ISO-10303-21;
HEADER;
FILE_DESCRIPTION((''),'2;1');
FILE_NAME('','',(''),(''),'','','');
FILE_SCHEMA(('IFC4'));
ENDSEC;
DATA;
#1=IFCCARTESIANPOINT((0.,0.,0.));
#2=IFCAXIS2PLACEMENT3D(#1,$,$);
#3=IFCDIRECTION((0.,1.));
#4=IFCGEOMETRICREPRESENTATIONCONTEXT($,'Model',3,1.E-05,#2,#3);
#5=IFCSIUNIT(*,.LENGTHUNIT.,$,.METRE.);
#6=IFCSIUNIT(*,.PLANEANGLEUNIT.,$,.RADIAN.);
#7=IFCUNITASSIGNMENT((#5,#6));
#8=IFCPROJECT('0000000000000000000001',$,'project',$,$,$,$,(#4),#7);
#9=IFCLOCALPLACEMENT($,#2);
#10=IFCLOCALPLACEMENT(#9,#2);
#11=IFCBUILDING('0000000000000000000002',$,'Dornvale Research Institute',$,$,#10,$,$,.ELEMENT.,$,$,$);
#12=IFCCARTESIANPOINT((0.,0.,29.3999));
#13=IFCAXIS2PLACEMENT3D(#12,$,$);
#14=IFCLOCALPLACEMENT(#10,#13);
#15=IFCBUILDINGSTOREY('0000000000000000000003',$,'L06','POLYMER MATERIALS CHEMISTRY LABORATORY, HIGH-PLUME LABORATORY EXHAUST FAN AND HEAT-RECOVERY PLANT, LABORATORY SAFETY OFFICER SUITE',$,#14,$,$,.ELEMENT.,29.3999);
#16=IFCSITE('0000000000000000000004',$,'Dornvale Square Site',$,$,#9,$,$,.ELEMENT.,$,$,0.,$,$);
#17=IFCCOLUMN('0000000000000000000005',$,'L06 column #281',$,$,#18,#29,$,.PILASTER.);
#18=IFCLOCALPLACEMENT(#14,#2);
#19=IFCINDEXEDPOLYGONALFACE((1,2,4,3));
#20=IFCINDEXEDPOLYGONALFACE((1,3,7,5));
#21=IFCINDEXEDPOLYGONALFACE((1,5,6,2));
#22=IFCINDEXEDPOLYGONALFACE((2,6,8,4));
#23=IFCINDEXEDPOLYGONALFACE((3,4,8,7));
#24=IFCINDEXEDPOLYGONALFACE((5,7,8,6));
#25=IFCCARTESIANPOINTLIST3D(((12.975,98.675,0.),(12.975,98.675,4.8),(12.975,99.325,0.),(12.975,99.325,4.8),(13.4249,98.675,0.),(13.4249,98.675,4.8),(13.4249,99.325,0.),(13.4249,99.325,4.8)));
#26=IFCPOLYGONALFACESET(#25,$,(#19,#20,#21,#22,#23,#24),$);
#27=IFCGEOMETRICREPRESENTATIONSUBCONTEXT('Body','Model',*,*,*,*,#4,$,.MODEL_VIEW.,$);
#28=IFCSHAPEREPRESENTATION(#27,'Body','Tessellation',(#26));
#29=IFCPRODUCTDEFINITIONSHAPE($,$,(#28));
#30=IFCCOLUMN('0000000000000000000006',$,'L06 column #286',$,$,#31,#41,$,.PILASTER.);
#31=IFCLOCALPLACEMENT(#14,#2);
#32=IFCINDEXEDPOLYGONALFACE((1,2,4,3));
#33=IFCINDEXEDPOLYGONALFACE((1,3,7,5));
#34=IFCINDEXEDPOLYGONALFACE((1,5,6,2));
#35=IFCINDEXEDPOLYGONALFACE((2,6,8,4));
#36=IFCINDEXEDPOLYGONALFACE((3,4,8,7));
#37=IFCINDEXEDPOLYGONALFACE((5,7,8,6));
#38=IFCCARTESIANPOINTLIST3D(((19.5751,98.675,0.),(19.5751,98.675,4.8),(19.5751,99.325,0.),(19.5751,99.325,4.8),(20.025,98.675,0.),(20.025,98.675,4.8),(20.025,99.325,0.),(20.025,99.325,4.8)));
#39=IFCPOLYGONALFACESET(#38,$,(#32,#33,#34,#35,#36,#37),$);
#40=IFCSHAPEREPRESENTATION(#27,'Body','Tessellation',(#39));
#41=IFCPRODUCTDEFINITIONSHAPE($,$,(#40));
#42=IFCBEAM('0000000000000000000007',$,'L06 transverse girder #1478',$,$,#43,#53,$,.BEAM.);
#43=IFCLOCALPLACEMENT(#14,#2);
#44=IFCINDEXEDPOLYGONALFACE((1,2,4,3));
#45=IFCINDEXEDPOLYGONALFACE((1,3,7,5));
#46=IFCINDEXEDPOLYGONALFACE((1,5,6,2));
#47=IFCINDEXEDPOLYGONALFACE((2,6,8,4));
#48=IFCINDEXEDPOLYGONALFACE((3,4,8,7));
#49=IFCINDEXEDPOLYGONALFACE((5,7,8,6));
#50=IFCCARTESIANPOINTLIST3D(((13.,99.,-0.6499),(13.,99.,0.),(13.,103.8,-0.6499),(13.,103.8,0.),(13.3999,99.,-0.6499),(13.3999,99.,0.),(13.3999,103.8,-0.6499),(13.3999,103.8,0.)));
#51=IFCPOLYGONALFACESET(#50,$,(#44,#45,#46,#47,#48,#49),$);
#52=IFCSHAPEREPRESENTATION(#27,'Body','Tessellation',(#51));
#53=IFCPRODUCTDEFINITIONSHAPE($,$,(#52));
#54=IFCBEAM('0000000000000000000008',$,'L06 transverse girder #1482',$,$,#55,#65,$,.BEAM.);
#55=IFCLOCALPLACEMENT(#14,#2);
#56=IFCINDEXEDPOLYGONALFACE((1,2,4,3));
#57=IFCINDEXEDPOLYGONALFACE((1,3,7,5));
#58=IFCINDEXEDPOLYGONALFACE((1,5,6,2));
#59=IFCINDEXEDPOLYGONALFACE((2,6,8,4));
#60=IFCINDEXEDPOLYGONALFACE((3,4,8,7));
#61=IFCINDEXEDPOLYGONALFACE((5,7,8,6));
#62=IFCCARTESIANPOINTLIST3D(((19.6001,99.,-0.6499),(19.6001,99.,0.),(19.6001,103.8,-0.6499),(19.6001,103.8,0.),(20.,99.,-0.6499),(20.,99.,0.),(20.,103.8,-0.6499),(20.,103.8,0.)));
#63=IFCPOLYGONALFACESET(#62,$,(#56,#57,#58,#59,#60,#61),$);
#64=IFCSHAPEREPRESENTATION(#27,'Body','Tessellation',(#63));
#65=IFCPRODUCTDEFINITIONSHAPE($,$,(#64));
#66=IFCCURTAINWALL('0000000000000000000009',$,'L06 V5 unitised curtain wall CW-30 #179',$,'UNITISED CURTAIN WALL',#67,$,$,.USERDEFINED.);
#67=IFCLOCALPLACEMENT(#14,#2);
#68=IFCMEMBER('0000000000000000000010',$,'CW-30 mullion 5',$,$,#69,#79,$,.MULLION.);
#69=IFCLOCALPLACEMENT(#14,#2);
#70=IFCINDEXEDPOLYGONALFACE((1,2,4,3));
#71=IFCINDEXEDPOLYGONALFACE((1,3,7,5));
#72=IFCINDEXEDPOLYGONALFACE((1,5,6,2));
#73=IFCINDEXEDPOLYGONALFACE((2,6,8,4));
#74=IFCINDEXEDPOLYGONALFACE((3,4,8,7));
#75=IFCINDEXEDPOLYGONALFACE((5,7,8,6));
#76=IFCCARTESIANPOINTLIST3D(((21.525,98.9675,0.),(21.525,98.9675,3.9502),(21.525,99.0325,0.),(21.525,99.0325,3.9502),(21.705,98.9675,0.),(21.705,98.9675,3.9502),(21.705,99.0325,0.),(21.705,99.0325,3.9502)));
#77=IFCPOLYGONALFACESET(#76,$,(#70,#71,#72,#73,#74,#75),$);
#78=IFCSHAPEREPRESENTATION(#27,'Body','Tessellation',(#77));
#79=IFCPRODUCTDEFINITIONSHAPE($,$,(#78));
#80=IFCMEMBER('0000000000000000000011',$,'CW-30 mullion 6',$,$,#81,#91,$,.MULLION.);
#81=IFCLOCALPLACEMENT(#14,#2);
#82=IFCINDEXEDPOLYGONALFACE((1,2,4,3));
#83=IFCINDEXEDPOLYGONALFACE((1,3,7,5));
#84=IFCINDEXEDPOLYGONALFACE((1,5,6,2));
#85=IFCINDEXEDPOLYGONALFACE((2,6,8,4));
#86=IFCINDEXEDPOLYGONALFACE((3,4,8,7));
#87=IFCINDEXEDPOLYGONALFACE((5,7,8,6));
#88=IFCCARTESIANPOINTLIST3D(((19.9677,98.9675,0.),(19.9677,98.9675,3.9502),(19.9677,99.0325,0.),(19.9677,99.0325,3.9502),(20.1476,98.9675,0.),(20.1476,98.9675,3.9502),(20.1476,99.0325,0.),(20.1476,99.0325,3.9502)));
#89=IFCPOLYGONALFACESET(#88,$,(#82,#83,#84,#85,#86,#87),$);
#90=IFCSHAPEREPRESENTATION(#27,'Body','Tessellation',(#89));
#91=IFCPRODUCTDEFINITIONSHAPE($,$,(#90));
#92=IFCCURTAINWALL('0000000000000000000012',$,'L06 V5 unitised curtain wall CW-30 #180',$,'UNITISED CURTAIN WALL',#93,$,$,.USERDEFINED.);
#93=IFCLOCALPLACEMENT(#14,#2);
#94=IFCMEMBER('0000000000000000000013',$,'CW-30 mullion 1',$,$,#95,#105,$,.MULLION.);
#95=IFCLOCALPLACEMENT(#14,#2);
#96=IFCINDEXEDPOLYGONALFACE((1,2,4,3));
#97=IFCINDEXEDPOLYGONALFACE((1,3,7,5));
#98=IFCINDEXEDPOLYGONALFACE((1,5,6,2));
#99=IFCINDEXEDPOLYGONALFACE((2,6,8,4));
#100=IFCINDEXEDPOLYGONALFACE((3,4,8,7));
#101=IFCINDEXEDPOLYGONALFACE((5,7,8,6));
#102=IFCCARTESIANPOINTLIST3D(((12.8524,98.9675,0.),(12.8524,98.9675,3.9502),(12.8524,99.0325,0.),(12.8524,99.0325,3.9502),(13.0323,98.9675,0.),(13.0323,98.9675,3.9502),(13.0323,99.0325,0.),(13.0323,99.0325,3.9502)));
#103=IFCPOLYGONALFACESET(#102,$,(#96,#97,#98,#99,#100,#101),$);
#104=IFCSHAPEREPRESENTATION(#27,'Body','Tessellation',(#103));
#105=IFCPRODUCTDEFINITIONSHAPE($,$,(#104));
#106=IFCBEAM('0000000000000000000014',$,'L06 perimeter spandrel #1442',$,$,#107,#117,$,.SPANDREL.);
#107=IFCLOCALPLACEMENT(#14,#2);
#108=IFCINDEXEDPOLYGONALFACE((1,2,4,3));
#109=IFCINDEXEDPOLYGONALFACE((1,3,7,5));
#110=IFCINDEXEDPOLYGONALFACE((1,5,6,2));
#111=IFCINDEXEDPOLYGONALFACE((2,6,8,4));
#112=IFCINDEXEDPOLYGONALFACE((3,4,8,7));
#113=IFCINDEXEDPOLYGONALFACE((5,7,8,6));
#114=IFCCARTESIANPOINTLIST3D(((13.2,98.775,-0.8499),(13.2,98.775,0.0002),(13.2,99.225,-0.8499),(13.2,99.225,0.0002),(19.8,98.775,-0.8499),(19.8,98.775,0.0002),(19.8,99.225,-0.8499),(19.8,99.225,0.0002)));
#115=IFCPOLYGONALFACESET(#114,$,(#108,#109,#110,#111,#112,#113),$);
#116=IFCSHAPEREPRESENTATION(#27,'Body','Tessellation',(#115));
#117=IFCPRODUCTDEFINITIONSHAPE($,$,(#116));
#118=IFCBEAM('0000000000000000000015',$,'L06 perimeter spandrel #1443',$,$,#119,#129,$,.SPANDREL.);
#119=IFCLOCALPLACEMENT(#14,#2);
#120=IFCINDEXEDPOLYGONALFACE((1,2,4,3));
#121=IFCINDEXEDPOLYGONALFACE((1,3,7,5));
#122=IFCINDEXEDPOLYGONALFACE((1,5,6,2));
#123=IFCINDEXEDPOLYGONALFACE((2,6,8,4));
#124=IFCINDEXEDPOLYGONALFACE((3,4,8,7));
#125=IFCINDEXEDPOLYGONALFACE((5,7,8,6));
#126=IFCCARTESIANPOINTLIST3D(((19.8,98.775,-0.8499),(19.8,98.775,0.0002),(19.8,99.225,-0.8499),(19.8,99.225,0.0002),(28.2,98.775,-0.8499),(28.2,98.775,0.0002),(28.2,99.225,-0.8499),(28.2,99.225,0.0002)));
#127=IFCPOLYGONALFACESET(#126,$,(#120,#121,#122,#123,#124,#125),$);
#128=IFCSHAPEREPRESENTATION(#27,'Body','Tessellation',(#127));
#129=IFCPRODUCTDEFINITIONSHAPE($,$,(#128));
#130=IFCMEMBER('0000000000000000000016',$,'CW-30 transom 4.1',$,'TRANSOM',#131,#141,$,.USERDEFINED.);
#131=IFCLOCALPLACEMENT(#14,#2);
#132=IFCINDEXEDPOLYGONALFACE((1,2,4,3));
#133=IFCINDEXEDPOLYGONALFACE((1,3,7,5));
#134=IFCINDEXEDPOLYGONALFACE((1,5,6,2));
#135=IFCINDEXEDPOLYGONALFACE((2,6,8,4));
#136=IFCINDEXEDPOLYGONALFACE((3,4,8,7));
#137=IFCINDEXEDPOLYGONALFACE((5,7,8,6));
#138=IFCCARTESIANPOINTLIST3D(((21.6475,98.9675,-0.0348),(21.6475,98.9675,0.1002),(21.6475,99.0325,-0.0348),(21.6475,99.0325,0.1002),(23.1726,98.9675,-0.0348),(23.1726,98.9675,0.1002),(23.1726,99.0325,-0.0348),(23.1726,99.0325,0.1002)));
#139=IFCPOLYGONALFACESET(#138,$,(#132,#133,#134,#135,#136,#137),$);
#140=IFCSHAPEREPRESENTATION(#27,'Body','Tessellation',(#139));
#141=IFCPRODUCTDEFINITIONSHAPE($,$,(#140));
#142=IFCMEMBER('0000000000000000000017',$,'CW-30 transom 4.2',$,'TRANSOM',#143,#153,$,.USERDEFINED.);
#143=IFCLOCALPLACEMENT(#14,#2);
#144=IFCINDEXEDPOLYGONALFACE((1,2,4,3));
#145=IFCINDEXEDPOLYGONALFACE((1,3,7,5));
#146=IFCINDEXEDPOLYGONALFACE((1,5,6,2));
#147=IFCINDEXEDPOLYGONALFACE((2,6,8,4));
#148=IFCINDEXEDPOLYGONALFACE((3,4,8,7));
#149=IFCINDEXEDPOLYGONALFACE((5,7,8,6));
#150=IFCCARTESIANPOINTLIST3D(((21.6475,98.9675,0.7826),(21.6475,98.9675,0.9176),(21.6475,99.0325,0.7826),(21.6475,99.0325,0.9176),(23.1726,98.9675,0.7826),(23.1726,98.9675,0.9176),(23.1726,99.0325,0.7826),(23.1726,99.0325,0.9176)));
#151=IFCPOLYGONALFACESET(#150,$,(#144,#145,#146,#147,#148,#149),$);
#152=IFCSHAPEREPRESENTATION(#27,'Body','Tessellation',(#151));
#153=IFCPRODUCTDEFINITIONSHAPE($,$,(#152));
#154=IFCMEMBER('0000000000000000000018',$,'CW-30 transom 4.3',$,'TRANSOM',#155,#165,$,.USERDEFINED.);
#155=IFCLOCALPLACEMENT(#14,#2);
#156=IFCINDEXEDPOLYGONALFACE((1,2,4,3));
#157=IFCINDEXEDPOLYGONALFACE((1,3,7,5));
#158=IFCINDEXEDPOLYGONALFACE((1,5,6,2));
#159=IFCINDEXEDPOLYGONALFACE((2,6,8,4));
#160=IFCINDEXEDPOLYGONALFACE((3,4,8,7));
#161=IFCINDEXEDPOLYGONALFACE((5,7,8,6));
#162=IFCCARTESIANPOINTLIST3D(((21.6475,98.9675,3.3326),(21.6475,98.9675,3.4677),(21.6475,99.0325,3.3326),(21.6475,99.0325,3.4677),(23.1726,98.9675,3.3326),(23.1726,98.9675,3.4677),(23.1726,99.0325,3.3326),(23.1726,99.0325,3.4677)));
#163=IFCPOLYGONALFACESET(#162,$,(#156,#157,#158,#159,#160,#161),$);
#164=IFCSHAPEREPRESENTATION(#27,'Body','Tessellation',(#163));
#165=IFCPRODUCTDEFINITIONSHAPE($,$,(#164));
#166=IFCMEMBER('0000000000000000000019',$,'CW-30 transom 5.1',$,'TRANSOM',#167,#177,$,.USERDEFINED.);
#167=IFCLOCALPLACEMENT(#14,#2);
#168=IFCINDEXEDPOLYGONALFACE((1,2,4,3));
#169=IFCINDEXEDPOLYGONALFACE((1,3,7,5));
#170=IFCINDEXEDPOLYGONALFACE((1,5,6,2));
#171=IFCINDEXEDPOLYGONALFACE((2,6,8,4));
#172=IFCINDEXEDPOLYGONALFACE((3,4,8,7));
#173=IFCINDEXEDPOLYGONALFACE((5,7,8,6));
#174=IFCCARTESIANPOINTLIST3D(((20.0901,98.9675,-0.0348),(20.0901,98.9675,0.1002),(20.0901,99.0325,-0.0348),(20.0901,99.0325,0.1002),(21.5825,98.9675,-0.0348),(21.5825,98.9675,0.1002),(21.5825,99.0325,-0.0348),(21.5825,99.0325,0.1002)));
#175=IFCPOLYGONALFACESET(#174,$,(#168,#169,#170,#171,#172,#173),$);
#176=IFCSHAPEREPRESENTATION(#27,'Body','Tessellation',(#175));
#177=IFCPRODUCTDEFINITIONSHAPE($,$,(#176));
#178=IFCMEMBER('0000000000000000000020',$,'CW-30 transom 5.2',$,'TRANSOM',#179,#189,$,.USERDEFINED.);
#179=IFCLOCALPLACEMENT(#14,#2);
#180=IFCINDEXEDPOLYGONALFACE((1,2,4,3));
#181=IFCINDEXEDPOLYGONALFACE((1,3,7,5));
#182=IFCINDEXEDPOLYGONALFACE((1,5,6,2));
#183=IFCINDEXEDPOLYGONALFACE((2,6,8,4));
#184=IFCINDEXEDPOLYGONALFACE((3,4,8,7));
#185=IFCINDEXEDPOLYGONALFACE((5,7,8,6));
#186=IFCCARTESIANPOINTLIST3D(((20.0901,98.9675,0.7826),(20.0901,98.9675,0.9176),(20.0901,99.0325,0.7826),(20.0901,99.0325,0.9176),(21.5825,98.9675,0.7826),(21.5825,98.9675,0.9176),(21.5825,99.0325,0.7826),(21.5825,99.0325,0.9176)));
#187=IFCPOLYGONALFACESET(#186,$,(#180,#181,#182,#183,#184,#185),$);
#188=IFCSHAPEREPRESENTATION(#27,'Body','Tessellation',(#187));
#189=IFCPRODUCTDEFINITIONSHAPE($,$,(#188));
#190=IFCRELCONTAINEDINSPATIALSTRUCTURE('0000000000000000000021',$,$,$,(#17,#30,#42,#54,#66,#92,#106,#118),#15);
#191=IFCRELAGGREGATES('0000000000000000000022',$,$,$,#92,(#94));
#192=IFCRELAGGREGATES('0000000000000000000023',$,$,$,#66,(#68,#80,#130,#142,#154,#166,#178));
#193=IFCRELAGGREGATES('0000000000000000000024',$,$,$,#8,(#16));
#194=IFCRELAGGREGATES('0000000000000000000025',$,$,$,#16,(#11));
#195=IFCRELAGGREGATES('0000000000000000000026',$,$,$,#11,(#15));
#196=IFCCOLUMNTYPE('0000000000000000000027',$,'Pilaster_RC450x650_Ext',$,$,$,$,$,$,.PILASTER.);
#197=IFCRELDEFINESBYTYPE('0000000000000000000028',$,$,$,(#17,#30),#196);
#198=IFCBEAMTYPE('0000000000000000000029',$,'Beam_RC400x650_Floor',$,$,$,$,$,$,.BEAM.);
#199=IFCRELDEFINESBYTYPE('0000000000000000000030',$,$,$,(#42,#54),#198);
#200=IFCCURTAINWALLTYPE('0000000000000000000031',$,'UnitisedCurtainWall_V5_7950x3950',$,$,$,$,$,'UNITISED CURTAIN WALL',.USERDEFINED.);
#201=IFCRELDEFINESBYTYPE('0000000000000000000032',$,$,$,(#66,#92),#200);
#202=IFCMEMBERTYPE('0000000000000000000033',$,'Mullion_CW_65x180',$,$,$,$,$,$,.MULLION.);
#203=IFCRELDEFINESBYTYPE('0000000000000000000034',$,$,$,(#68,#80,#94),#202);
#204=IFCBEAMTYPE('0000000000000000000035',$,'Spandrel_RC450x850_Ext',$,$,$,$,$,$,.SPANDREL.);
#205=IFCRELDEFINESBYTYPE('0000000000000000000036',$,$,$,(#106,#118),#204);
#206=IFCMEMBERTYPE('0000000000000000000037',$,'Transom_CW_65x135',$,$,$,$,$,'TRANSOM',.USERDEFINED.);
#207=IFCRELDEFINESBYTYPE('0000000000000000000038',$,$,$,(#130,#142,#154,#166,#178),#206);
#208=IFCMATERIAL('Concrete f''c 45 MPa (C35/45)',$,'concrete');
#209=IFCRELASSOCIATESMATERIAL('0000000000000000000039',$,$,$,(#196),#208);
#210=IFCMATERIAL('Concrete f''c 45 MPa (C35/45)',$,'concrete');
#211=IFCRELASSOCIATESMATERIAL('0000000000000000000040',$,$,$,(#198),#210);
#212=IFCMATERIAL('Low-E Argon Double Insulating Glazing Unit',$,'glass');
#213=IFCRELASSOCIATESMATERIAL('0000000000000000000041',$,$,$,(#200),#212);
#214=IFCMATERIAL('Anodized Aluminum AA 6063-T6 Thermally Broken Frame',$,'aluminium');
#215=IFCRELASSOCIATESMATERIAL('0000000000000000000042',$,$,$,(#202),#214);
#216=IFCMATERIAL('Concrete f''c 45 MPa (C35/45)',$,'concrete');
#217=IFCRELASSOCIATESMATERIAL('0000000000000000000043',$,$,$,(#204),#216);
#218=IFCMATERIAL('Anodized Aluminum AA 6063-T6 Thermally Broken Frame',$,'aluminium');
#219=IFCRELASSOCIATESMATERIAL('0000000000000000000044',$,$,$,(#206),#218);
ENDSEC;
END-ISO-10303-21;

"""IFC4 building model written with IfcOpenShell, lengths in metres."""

from ifc_helpers import new_model, si_unit, direction, frame, origin, origin_2d, place, context, subcontext, project, spatial, rectangle, extrude, material, material_profile, profile_set, type_object, element, aggregate, save


model = new_model("IFC4")

# Units and contexts
model_context = context("Model", 3, precision=1e-05, world=origin(), true_north=direction((0.0, 1.0)))
body_context = subcontext(model_context, "Body", "Model", "MODEL_VIEW")
ifc_project = project(units=[si_unit("LENGTHUNIT", "METRE"), si_unit("PLANEANGLEUNIT", "RADIAN")], contexts=[model_context])

# Site, building, storey
site_placement = place(None, origin())
site = spatial("IfcSite", under=ifc_project, at=site_placement, Name="Dornvale Square Site", CompositionType="ELEMENT", RefElevation=0.0)
building_placement = place(site_placement, origin())
building = spatial("IfcBuilding", under=site, at=building_placement, Name="Dornvale Research Institute", CompositionType="ELEMENT")
storey_placement = place(building_placement, frame((0.0, 0.0, 29.3999)))
storey = spatial("IfcBuildingStorey", under=building, at=storey_placement, Name="L06", Description="POLYMER MATERIALS CHEMISTRY LABORATORY, HIGH-PLUME LABORATORY EXHAUST FAN AND HEAT-RECOVERY PLANT, LABORATORY SAFETY OFFICER SUITE", CompositionType="ELEMENT", Elevation=29.3999)

# Columns
ifc_material_1 = material(Name="Concrete f'c 45 MPa (C35/45)", Category="concrete")
ifc_material_profile_1 = material_profile(ifc_material_1, rectangle(XDim=0.45, YDim=0.6499, at=origin_2d()), Name="RC 450x650")
ifc_profile_set_1 = profile_set([ifc_material_profile_1], Name="Concrete f'c 45 MPa (C35/45)")
column_type = type_object("IfcColumnType", Name="Pilaster_RC450x650_Ext", PredefinedType="PILASTER", material=ifc_profile_set_1)
for number, where, z_axis, x_axis, name in (
    (1, (13.2, 99.0, 0.0), (0.0, 0.0, 1.0), (1.0, 0.0, 0.0), "L06 column #281"),
    (2, (19.8, 99.0, 0.0), (0.0, 0.0, 1.0), (1.0, 0.0, 0.0), "L06 column #286"),
):
    element("IfcColumn", number, at=place(storey_placement, frame(where, z_axis=z_axis, x_axis=x_axis)), inside=storey, type_object=column_type, Name=name, PredefinedType="PILASTER", context=body_context, shape_type="SweptSolid", body=[
        extrude(rectangle(XDim=0.45, YDim=0.6499, at=origin_2d()), origin(), (0.0, 0.0, 1.0), 4.8),
    ])

# Beams
ifc_material_2 = material(Name="Concrete f'c 45 MPa (C35/45)", Category="concrete")
ifc_material_profile_2 = material_profile(ifc_material_2, rectangle(XDim=0.3999, YDim=0.6499, at=origin_2d()), Name="RC 400x650")
ifc_profile_set_2 = profile_set([ifc_material_profile_2], Name="Concrete f'c 45 MPa (C35/45)")
beam_type_1 = type_object("IfcBeamType", Name="Beam_RC400x650_Floor", PredefinedType="BEAM", material=ifc_profile_set_2)
for number, where, z_axis, x_axis, name in (
    (3, (13.2, 99.0, -0.325), (0.0, 1.0, 0.0), (-1.0, 0.0, 0.0), "L06 transverse girder #1478"),
    (4, (19.8, 99.0, -0.325), (0.0, 1.0, 0.0), (-1.0, 0.0, 0.0), "L06 transverse girder #1482"),
):
    element("IfcBeam", number, at=place(storey_placement, frame(where, z_axis=z_axis, x_axis=x_axis)), inside=storey, type_object=beam_type_1, Name=name, PredefinedType="BEAM", context=body_context, shape_type="SweptSolid", body=[
        extrude(rectangle(XDim=0.3999, YDim=0.6499, at=origin_2d()), origin(), (0.0, 0.0, 1.0), 4.8),
    ])

# Curtain wall, members
ifc_material_3 = material(Name="Low-E Argon Double Insulating Glazing Unit", Category="glass")
curtain_wall_type = type_object("IfcCurtainWallType", Name="UnitisedCurtainWall_V5_7950x3950", ElementType="UNITISED CURTAIN WALL", PredefinedType="USERDEFINED", material=ifc_material_3)
curtain_wall_1_placement = place(storey_placement, origin())
curtain_wall_1 = element("IfcCurtainWall", 5, at=curtain_wall_1_placement, inside=storey, type_object=curtain_wall_type, Name="L06 V5 unitised curtain wall CW-30 #179", ObjectType="UNITISED CURTAIN WALL", PredefinedType="USERDEFINED")
ifc_material_4 = material(Name="Anodized Aluminum AA 6063-T6 Thermally Broken Frame", Category="aluminium")
ifc_material_profile_3 = material_profile(ifc_material_4, rectangle(XDim=0.0649, YDim=0.1799, at=origin_2d()), Name="ALU MULLION 65x180")
ifc_profile_set_3 = profile_set([ifc_material_profile_3], Name="Anodized Aluminum AA 6063-T6 Thermally Broken Frame")
member_type_1 = type_object("IfcMemberType", Name="Mullion_CW_65x180", PredefinedType="MULLION", material=ifc_profile_set_3)
member_1_placement = place(storey_placement, frame((21.615, 99.0, 0.0), z_axis=(0.0, 0.0, 1.0), x_axis=(0.0, -1.0, 0.0)))
member_1 = element("IfcMember", 6, at=member_1_placement, type_object=member_type_1, Name="CW-30 mullion 5", PredefinedType="MULLION", context=body_context, shape_type="SweptSolid", body=[
    extrude(rectangle(XDim=0.0649, YDim=0.1799, at=origin_2d()), origin(), (0.0, 0.0, 1.0), 3.9502),
])
member_2_placement = place(storey_placement, frame((20.0576, 99.0, 0.0), z_axis=(0.0, 0.0, 1.0), x_axis=(0.0, -1.0, 0.0)))
member_2 = element("IfcMember", 7, at=member_2_placement, type_object=member_type_1, Name="CW-30 mullion 6", PredefinedType="MULLION", context=body_context, shape_type="SweptSolid", body=[
    extrude(rectangle(XDim=0.0649, YDim=0.1799, at=origin_2d()), origin(), (0.0, 0.0, 1.0), 3.9502),
])

# Curtain wall, member
curtain_wall_2_placement = place(storey_placement, origin())
curtain_wall_2 = element("IfcCurtainWall", 8, at=curtain_wall_2_placement, inside=storey, type_object=curtain_wall_type, Name="L06 V5 unitised curtain wall CW-30 #180", ObjectType="UNITISED CURTAIN WALL", PredefinedType="USERDEFINED")
member_3_placement = place(storey_placement, frame((12.9424, 99.0, 0.0), z_axis=(0.0, 0.0, 1.0), x_axis=(0.0, -1.0, 0.0)))
member_3 = element("IfcMember", 9, at=member_3_placement, type_object=member_type_1, Name="CW-30 mullion 1", PredefinedType="MULLION", context=body_context, shape_type="SweptSolid", body=[
    extrude(rectangle(XDim=0.0649, YDim=0.1799, at=origin_2d()), origin(), (0.0, 0.0, 1.0), 3.9502),
])
aggregate(curtain_wall_2, [member_3])

# Beams
ifc_material_5 = material(Name="Concrete f'c 45 MPa (C35/45)", Category="concrete")
ifc_material_profile_4 = material_profile(ifc_material_5, rectangle(XDim=0.45, YDim=0.8501, at=origin_2d()), Name="RC 450x850")
ifc_profile_set_4 = profile_set([ifc_material_profile_4], Name="Concrete f'c 45 MPa (C35/45)")
beam_type_2 = type_object("IfcBeamType", Name="Spandrel_RC450x850_Ext", PredefinedType="SPANDREL", material=ifc_profile_set_4)
beam_1_placement = place(storey_placement, frame((13.2, 99.0, -0.4248), z_axis=(1.0, 0.0, 0.0), x_axis=(0.0, 1.0, 0.0)))
element("IfcBeam", 10, at=beam_1_placement, inside=storey, type_object=beam_type_2, Name="L06 perimeter spandrel #1442", PredefinedType="SPANDREL", context=body_context, shape_type="SweptSolid", body=[
    extrude(rectangle(XDim=0.45, YDim=0.8501, at=origin_2d()), origin(), (0.0, 0.0, 1.0), 6.6001),
])
beam_2_placement = place(storey_placement, frame((19.8, 99.0, -0.4248), z_axis=(1.0, 0.0, 0.0), x_axis=(0.0, 1.0, 0.0)))
element("IfcBeam", 11, at=beam_2_placement, inside=storey, type_object=beam_type_2, Name="L06 perimeter spandrel #1443", PredefinedType="SPANDREL", context=body_context, shape_type="SweptSolid", body=[
    extrude(rectangle(XDim=0.45, YDim=0.8501, at=origin_2d()), origin(), (0.0, 0.0, 1.0), 8.3999),
])

# Members
ifc_material_6 = material(Name="Anodized Aluminum AA 6063-T6 Thermally Broken Frame", Category="aluminium")
ifc_material_profile_5 = material_profile(ifc_material_6, rectangle(XDim=0.0649, YDim=0.135, at=origin_2d()), Name="ALU TRANSOM 65x135")
ifc_profile_set_5 = profile_set([ifc_material_profile_5], Name="Anodized Aluminum AA 6063-T6 Thermally Broken Frame")
member_type_2 = type_object("IfcMemberType", Name="Transom_CW_65x135", ElementType="TRANSOM", PredefinedType="USERDEFINED", material=ifc_profile_set_5)
member_4_placement = place(storey_placement, frame((23.1726, 99.0, 0.0327), z_axis=(-1.0, 0.0, 0.0), x_axis=(0.0, -1.0, 0.0)))
member_4 = element("IfcMember", 12, at=member_4_placement, type_object=member_type_2, Name="CW-30 transom 4.1", ObjectType="TRANSOM", PredefinedType="USERDEFINED", context=body_context, shape_type="SweptSolid", body=[
    extrude(rectangle(XDim=0.0649, YDim=0.135, at=origin_2d()), origin(), (0.0, 0.0, 1.0), 1.5251),
])
member_5_placement = place(storey_placement, frame((23.1726, 99.0, 0.8501), z_axis=(-1.0, 0.0, 0.0), x_axis=(0.0, -1.0, 0.0)))
member_5 = element("IfcMember", 13, at=member_5_placement, type_object=member_type_2, Name="CW-30 transom 4.2", ObjectType="TRANSOM", PredefinedType="USERDEFINED", context=body_context, shape_type="SweptSolid", body=[
    extrude(rectangle(XDim=0.0649, YDim=0.135, at=origin_2d()), origin(), (0.0, 0.0, 1.0), 1.5251),
])
member_6_placement = place(storey_placement, frame((23.1726, 99.0, 3.4001), z_axis=(-1.0, 0.0, 0.0), x_axis=(0.0, -1.0, 0.0)))
member_6 = element("IfcMember", 14, at=member_6_placement, type_object=member_type_2, Name="CW-30 transom 4.3", ObjectType="TRANSOM", PredefinedType="USERDEFINED", context=body_context, shape_type="SweptSolid", body=[
    extrude(rectangle(XDim=0.0649, YDim=0.135, at=origin_2d()), origin(), (0.0, 0.0, 1.0), 1.5251),
])
member_7_placement = place(storey_placement, frame((21.5825, 99.0, 0.0327), z_axis=(-1.0, 0.0, 0.0), x_axis=(0.0, -1.0, 0.0)))
member_7 = element("IfcMember", 15, at=member_7_placement, type_object=member_type_2, Name="CW-30 transom 5.1", ObjectType="TRANSOM", PredefinedType="USERDEFINED", context=body_context, shape_type="SweptSolid", body=[
    extrude(rectangle(XDim=0.0649, YDim=0.135, at=origin_2d()), origin(), (0.0, 0.0, 1.0), 1.4924),
])
member_8_placement = place(storey_placement, frame((21.5825, 99.0, 0.8501), z_axis=(-1.0, 0.0, 0.0), x_axis=(0.0, -1.0, 0.0)))
member_8 = element("IfcMember", 16, at=member_8_placement, type_object=member_type_2, Name="CW-30 transom 5.2", ObjectType="TRANSOM", PredefinedType="USERDEFINED", context=body_context, shape_type="SweptSolid", body=[
    extrude(rectangle(XDim=0.0649, YDim=0.135, at=origin_2d()), origin(), (0.0, 0.0, 1.0), 1.4924),
])

aggregate(curtain_wall_1, [member_1, member_2, member_4, member_5, member_6, member_7, member_8])

save(model, "model.ifc")
